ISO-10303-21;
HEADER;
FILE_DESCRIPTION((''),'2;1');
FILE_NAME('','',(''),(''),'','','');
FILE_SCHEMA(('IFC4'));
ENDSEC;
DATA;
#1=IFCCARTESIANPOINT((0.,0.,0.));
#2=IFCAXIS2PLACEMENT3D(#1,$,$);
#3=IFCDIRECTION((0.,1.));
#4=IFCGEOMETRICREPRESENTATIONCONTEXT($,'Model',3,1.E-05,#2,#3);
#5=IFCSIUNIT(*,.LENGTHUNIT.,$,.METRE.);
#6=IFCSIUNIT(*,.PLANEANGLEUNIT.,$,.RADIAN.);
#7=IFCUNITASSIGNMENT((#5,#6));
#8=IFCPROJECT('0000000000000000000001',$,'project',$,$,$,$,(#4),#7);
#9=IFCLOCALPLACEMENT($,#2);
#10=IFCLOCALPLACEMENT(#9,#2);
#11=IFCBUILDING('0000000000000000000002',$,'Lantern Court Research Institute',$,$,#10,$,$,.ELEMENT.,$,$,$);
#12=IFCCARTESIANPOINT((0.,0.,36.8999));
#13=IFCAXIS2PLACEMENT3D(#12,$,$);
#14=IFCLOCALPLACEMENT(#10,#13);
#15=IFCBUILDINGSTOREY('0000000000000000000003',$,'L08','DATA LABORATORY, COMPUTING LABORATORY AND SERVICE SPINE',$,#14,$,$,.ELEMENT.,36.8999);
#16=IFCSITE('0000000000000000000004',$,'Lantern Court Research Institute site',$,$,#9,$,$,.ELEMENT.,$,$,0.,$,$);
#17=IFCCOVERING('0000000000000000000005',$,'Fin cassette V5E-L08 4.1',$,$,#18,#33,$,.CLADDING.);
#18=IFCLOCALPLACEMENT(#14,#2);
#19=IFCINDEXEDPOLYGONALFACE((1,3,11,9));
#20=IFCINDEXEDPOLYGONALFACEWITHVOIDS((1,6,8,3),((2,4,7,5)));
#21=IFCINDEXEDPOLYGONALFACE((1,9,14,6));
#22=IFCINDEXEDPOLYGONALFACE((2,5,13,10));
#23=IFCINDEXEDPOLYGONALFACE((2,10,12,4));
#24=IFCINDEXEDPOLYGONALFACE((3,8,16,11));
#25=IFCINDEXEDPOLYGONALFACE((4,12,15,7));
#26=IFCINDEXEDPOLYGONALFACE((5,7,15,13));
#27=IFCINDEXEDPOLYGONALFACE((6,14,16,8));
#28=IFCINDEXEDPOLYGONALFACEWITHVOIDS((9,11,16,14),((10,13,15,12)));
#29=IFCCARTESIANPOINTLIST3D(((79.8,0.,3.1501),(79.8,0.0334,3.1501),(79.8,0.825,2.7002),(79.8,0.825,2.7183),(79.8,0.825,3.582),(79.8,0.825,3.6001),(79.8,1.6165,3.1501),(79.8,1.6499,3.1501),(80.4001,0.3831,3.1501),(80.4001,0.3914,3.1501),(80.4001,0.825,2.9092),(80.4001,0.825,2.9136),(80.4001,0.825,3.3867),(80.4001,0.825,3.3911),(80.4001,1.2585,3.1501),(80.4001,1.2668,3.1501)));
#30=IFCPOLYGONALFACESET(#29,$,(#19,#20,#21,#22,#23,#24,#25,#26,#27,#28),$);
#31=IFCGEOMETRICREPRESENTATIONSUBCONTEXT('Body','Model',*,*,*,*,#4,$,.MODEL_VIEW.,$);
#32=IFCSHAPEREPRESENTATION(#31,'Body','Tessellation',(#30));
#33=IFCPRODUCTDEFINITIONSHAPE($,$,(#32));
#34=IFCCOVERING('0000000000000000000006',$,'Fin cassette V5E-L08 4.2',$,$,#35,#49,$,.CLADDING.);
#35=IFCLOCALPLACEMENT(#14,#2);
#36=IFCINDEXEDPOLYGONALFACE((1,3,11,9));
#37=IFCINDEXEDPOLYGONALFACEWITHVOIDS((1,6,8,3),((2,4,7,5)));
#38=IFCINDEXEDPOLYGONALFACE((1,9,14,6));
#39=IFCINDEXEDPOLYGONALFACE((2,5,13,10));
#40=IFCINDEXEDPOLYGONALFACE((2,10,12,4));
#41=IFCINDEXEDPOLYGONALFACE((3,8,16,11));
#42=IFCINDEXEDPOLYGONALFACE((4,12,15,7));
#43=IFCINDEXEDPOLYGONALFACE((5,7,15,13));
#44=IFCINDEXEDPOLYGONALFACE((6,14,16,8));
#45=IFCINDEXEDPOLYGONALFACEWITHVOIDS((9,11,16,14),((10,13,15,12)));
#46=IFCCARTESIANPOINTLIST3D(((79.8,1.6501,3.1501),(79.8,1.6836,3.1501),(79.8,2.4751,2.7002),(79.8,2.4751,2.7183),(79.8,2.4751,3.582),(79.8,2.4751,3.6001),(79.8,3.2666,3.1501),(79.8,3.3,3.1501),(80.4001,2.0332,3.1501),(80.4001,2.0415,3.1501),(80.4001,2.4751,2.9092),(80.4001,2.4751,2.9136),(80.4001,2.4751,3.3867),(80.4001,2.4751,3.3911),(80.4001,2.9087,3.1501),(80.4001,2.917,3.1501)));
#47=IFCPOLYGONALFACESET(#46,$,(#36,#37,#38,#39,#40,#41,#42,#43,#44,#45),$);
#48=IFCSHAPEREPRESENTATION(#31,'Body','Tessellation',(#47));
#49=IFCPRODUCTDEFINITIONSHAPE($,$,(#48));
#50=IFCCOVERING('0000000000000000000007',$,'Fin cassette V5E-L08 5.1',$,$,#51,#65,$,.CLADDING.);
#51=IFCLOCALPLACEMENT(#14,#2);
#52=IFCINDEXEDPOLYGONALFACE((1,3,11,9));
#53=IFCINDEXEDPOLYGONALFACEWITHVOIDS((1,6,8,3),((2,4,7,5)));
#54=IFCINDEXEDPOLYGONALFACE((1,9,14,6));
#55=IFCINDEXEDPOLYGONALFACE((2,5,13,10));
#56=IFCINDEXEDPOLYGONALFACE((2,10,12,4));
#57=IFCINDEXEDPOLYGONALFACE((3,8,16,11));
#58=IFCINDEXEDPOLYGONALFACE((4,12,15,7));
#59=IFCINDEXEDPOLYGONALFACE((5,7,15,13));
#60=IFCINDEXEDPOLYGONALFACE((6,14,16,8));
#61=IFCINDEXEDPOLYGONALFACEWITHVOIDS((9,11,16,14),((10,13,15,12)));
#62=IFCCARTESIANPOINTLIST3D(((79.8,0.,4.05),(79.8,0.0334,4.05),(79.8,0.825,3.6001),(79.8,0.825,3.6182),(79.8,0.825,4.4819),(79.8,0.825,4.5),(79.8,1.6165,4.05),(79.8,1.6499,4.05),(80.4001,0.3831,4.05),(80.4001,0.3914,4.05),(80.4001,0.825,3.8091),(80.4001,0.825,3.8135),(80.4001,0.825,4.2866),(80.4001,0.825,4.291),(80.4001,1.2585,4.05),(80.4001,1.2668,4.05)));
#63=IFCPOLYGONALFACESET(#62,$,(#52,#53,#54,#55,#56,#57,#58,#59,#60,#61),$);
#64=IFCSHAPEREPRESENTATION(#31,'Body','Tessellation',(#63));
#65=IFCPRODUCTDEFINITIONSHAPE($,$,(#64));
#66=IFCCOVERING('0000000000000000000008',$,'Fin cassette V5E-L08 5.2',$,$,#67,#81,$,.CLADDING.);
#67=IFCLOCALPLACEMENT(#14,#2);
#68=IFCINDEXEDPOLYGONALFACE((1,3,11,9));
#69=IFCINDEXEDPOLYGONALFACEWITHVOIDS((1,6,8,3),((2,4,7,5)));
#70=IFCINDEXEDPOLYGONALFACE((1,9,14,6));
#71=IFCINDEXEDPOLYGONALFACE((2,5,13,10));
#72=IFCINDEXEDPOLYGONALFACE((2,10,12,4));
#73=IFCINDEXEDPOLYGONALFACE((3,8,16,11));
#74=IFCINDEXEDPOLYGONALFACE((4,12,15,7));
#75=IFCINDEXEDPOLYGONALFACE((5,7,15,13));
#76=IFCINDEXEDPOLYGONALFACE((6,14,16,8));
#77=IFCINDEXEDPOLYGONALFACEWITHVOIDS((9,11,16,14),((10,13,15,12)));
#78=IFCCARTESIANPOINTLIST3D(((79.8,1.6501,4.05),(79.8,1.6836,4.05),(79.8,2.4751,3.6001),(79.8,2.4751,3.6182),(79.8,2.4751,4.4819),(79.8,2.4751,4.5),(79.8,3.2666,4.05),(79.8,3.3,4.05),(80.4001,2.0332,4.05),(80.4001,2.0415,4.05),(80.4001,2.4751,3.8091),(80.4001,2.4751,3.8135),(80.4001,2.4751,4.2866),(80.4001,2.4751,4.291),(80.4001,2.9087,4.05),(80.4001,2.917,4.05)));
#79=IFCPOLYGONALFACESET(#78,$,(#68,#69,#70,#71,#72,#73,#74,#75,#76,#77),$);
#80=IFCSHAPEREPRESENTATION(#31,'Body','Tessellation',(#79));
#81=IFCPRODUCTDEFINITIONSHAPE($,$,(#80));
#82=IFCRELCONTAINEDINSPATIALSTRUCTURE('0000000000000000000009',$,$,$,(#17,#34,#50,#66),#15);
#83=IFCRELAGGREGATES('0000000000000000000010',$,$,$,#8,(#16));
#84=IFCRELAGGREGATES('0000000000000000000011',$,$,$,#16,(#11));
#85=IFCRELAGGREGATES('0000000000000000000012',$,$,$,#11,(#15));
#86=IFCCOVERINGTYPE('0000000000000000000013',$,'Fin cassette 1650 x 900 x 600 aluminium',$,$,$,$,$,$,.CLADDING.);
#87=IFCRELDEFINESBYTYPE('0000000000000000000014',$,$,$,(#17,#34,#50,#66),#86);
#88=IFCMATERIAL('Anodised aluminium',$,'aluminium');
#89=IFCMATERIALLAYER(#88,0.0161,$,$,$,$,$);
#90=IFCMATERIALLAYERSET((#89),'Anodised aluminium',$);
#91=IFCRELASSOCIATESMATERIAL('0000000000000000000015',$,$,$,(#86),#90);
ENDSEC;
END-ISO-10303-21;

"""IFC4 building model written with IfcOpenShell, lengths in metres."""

from ifc_helpers import new_model, entity, si_unit, direction, frame, origin, place, context, subcontext, project, spatial, material, layer, layer_set, type_object, element, save


model = new_model("IFC4")

# Units and contexts
model_context = context("Model", 3, precision=1e-05, world=origin(), true_north=direction((0.0, 1.0)))
body_context = subcontext(model_context, "Body", "Model", "MODEL_VIEW")
ifc_project = project(units=[si_unit("LENGTHUNIT", "METRE"), si_unit("PLANEANGLEUNIT", "RADIAN")], contexts=[model_context])

# Site, building, storey
site_placement = place(None, origin())
site = spatial("IfcSite", under=ifc_project, at=site_placement, Name="Lantern Court Research Institute site", CompositionType="ELEMENT", RefElevation=0.0)
building_placement = place(site_placement, origin())
building = spatial("IfcBuilding", under=site, at=building_placement, Name="Lantern Court Research Institute", CompositionType="ELEMENT")
storey_placement = place(building_placement, frame((0.0, 0.0, 36.8999)))
storey = spatial("IfcBuildingStorey", under=building, at=storey_placement, Name="L08", Description="DATA LABORATORY, COMPUTING LABORATORY AND SERVICE SPINE", CompositionType="ELEMENT", Elevation=36.8999)

# Coverings
ifc_material_1 = material(Name="Anodised aluminium", Category="aluminium")
ifc_layer_1 = layer(ifc_material_1, 0.0161)
ifc_layer_set_1 = layer_set([ifc_layer_1], Name="Anodised aluminium")
covering_type = type_object("IfcCoveringType", Name="Fin cassette 1650 x 900 x 600 aluminium", PredefinedType="CLADDING", material=ifc_layer_set_1)
covering_1_placement = place(storey_placement, frame((79.8, 0.825, 3.1501), z_axis=(1.0, 0.0, 0.0), x_axis=(0.0, 1.0, 0.0)))
cartesian_point_1 = entity("IfcCartesianPoint", [0.825, 0.0])
cartesian_point_2 = entity("IfcCartesianPoint", [0.7915, 0.0])
cartesian_point_3 = entity("IfcCartesianPoint", [0.4419, 0.0])
cartesian_point_4 = entity("IfcCartesianPoint", [0.4336, 0.0])
element("IfcCovering", 1, at=covering_1_placement, inside=storey, type_object=covering_type, Name="Fin cassette V5E-L08 4.1", PredefinedType="CLADDING", context=body_context, shape_type="SweptSolid", body=[
    entity("IfcExtrudedAreaSolidTapered", entity("IfcArbitraryProfileDefWithVoids", "AREA", None, entity("IfcPolyline", [cartesian_point_1, entity("IfcCartesianPoint", [0.0, 0.45]), entity("IfcCartesianPoint", [-0.825, 0.0]), entity("IfcCartesianPoint", [0.0, -0.45]), cartesian_point_1]), [entity("IfcPolyline", [cartesian_point_2, entity("IfcCartesianPoint", [0.0, 0.4319]), entity("IfcCartesianPoint", [-0.7915, 0.0]), entity("IfcCartesianPoint", [0.0, -0.4319]), cartesian_point_2])]), entity("IfcAxis2Placement3D", entity("IfcCartesianPoint", [0.0, 0.0, 0.0])), entity("IfcDirection", [0.0, 0.0, 1.0]), 0.6001, entity("IfcArbitraryProfileDefWithVoids", "AREA", None, entity("IfcPolyline", [cartesian_point_3, entity("IfcCartesianPoint", [0.0, 0.241]), entity("IfcCartesianPoint", [-0.4419, 0.0]), entity("IfcCartesianPoint", [0.0, -0.241]), cartesian_point_3]), [entity("IfcPolyline", [cartesian_point_4, entity("IfcCartesianPoint", [0.0, 0.2366]), entity("IfcCartesianPoint", [-0.4336, 0.0]), entity("IfcCartesianPoint", [0.0, -0.2366]), cartesian_point_4])])),
])
covering_2_placement = place(storey_placement, frame((79.8, 2.4751, 3.1501), z_axis=(1.0, 0.0, 0.0), x_axis=(0.0, 1.0, 0.0)))
cartesian_point_5 = entity("IfcCartesianPoint", [0.825, 0.0])
cartesian_point_6 = entity("IfcCartesianPoint", [0.7915, 0.0])
cartesian_point_7 = entity("IfcCartesianPoint", [0.4419, 0.0])
cartesian_point_8 = entity("IfcCartesianPoint", [0.4336, 0.0])
element("IfcCovering", 2, at=covering_2_placement, inside=storey, type_object=covering_type, Name="Fin cassette V5E-L08 4.2", PredefinedType="CLADDING", context=body_context, shape_type="SweptSolid", body=[
    entity("IfcExtrudedAreaSolidTapered", entity("IfcArbitraryProfileDefWithVoids", "AREA", None, entity("IfcPolyline", [cartesian_point_5, entity("IfcCartesianPoint", [0.0, 0.45]), entity("IfcCartesianPoint", [-0.825, 0.0]), entity("IfcCartesianPoint", [0.0, -0.45]), cartesian_point_5]), [entity("IfcPolyline", [cartesian_point_6, entity("IfcCartesianPoint", [0.0, 0.4319]), entity("IfcCartesianPoint", [-0.7915, 0.0]), entity("IfcCartesianPoint", [0.0, -0.4319]), cartesian_point_6])]), entity("IfcAxis2Placement3D", entity("IfcCartesianPoint", [0.0, 0.0, 0.0])), entity("IfcDirection", [0.0, 0.0, 1.0]), 0.6001, entity("IfcArbitraryProfileDefWithVoids", "AREA", None, entity("IfcPolyline", [cartesian_point_7, entity("IfcCartesianPoint", [0.0, 0.241]), entity("IfcCartesianPoint", [-0.4419, 0.0]), entity("IfcCartesianPoint", [0.0, -0.241]), cartesian_point_7]), [entity("IfcPolyline", [cartesian_point_8, entity("IfcCartesianPoint", [0.0, 0.2366]), entity("IfcCartesianPoint", [-0.4336, 0.0]), entity("IfcCartesianPoint", [0.0, -0.2366]), cartesian_point_8])])),
])
covering_3_placement = place(storey_placement, frame((79.8, 0.825, 4.05), z_axis=(1.0, 0.0, 0.0), x_axis=(0.0, 1.0, 0.0)))
cartesian_point_9 = entity("IfcCartesianPoint", [0.825, 0.0])
cartesian_point_10 = entity("IfcCartesianPoint", [0.7915, 0.0])
cartesian_point_11 = entity("IfcCartesianPoint", [0.4419, 0.0])
cartesian_point_12 = entity("IfcCartesianPoint", [0.4336, 0.0])
element("IfcCovering", 3, at=covering_3_placement, inside=storey, type_object=covering_type, Name="Fin cassette V5E-L08 5.1", PredefinedType="CLADDING", context=body_context, shape_type="SweptSolid", body=[
    entity("IfcExtrudedAreaSolidTapered", entity("IfcArbitraryProfileDefWithVoids", "AREA", None, entity("IfcPolyline", [cartesian_point_9, entity("IfcCartesianPoint", [0.0, 0.45]), entity("IfcCartesianPoint", [-0.825, 0.0]), entity("IfcCartesianPoint", [0.0, -0.45]), cartesian_point_9]), [entity("IfcPolyline", [cartesian_point_10, entity("IfcCartesianPoint", [0.0, 0.4319]), entity("IfcCartesianPoint", [-0.7915, 0.0]), entity("IfcCartesianPoint", [0.0, -0.4319]), cartesian_point_10])]), entity("IfcAxis2Placement3D", entity("IfcCartesianPoint", [0.0, 0.0, 0.0])), entity("IfcDirection", [0.0, 0.0, 1.0]), 0.6001, entity("IfcArbitraryProfileDefWithVoids", "AREA", None, entity("IfcPolyline", [cartesian_point_11, entity("IfcCartesianPoint", [0.0, 0.241]), entity("IfcCartesianPoint", [-0.4419, 0.0]), entity("IfcCartesianPoint", [0.0, -0.241]), cartesian_point_11]), [entity("IfcPolyline", [cartesian_point_12, entity("IfcCartesianPoint", [0.0, 0.2366]), entity("IfcCartesianPoint", [-0.4336, 0.0]), entity("IfcCartesianPoint", [0.0, -0.2366]), cartesian_point_12])])),
])
covering_4_placement = place(storey_placement, frame((79.8, 2.4751, 4.05), z_axis=(1.0, 0.0, 0.0), x_axis=(0.0, 1.0, 0.0)))
cartesian_point_13 = entity("IfcCartesianPoint", [0.825, 0.0])
cartesian_point_14 = entity("IfcCartesianPoint", [0.7915, 0.0])
cartesian_point_15 = entity("IfcCartesianPoint", [0.4419, 0.0])
cartesian_point_16 = entity("IfcCartesianPoint", [0.4336, 0.0])
element("IfcCovering", 4, at=covering_4_placement, inside=storey, type_object=covering_type, Name="Fin cassette V5E-L08 5.2", PredefinedType="CLADDING", context=body_context, shape_type="SweptSolid", body=[
    entity("IfcExtrudedAreaSolidTapered", entity("IfcArbitraryProfileDefWithVoids", "AREA", None, entity("IfcPolyline", [cartesian_point_13, entity("IfcCartesianPoint", [0.0, 0.45]), entity("IfcCartesianPoint", [-0.825, 0.0]), entity("IfcCartesianPoint", [0.0, -0.45]), cartesian_point_13]), [entity("IfcPolyline", [cartesian_point_14, entity("IfcCartesianPoint", [0.0, 0.4319]), entity("IfcCartesianPoint", [-0.7915, 0.0]), entity("IfcCartesianPoint", [0.0, -0.4319]), cartesian_point_14])]), entity("IfcAxis2Placement3D", entity("IfcCartesianPoint", [0.0, 0.0, 0.0])), entity("IfcDirection", [0.0, 0.0, 1.0]), 0.6001, entity("IfcArbitraryProfileDefWithVoids", "AREA", None, entity("IfcPolyline", [cartesian_point_15, entity("IfcCartesianPoint", [0.0, 0.241]), entity("IfcCartesianPoint", [-0.4419, 0.0]), entity("IfcCartesianPoint", [0.0, -0.241]), cartesian_point_15]), [entity("IfcPolyline", [cartesian_point_16, entity("IfcCartesianPoint", [0.0, 0.2366]), entity("IfcCartesianPoint", [-0.4336, 0.0]), entity("IfcCartesianPoint", [0.0, -0.2366]), cartesian_point_16])])),
])

save(model, "model.ifc")
